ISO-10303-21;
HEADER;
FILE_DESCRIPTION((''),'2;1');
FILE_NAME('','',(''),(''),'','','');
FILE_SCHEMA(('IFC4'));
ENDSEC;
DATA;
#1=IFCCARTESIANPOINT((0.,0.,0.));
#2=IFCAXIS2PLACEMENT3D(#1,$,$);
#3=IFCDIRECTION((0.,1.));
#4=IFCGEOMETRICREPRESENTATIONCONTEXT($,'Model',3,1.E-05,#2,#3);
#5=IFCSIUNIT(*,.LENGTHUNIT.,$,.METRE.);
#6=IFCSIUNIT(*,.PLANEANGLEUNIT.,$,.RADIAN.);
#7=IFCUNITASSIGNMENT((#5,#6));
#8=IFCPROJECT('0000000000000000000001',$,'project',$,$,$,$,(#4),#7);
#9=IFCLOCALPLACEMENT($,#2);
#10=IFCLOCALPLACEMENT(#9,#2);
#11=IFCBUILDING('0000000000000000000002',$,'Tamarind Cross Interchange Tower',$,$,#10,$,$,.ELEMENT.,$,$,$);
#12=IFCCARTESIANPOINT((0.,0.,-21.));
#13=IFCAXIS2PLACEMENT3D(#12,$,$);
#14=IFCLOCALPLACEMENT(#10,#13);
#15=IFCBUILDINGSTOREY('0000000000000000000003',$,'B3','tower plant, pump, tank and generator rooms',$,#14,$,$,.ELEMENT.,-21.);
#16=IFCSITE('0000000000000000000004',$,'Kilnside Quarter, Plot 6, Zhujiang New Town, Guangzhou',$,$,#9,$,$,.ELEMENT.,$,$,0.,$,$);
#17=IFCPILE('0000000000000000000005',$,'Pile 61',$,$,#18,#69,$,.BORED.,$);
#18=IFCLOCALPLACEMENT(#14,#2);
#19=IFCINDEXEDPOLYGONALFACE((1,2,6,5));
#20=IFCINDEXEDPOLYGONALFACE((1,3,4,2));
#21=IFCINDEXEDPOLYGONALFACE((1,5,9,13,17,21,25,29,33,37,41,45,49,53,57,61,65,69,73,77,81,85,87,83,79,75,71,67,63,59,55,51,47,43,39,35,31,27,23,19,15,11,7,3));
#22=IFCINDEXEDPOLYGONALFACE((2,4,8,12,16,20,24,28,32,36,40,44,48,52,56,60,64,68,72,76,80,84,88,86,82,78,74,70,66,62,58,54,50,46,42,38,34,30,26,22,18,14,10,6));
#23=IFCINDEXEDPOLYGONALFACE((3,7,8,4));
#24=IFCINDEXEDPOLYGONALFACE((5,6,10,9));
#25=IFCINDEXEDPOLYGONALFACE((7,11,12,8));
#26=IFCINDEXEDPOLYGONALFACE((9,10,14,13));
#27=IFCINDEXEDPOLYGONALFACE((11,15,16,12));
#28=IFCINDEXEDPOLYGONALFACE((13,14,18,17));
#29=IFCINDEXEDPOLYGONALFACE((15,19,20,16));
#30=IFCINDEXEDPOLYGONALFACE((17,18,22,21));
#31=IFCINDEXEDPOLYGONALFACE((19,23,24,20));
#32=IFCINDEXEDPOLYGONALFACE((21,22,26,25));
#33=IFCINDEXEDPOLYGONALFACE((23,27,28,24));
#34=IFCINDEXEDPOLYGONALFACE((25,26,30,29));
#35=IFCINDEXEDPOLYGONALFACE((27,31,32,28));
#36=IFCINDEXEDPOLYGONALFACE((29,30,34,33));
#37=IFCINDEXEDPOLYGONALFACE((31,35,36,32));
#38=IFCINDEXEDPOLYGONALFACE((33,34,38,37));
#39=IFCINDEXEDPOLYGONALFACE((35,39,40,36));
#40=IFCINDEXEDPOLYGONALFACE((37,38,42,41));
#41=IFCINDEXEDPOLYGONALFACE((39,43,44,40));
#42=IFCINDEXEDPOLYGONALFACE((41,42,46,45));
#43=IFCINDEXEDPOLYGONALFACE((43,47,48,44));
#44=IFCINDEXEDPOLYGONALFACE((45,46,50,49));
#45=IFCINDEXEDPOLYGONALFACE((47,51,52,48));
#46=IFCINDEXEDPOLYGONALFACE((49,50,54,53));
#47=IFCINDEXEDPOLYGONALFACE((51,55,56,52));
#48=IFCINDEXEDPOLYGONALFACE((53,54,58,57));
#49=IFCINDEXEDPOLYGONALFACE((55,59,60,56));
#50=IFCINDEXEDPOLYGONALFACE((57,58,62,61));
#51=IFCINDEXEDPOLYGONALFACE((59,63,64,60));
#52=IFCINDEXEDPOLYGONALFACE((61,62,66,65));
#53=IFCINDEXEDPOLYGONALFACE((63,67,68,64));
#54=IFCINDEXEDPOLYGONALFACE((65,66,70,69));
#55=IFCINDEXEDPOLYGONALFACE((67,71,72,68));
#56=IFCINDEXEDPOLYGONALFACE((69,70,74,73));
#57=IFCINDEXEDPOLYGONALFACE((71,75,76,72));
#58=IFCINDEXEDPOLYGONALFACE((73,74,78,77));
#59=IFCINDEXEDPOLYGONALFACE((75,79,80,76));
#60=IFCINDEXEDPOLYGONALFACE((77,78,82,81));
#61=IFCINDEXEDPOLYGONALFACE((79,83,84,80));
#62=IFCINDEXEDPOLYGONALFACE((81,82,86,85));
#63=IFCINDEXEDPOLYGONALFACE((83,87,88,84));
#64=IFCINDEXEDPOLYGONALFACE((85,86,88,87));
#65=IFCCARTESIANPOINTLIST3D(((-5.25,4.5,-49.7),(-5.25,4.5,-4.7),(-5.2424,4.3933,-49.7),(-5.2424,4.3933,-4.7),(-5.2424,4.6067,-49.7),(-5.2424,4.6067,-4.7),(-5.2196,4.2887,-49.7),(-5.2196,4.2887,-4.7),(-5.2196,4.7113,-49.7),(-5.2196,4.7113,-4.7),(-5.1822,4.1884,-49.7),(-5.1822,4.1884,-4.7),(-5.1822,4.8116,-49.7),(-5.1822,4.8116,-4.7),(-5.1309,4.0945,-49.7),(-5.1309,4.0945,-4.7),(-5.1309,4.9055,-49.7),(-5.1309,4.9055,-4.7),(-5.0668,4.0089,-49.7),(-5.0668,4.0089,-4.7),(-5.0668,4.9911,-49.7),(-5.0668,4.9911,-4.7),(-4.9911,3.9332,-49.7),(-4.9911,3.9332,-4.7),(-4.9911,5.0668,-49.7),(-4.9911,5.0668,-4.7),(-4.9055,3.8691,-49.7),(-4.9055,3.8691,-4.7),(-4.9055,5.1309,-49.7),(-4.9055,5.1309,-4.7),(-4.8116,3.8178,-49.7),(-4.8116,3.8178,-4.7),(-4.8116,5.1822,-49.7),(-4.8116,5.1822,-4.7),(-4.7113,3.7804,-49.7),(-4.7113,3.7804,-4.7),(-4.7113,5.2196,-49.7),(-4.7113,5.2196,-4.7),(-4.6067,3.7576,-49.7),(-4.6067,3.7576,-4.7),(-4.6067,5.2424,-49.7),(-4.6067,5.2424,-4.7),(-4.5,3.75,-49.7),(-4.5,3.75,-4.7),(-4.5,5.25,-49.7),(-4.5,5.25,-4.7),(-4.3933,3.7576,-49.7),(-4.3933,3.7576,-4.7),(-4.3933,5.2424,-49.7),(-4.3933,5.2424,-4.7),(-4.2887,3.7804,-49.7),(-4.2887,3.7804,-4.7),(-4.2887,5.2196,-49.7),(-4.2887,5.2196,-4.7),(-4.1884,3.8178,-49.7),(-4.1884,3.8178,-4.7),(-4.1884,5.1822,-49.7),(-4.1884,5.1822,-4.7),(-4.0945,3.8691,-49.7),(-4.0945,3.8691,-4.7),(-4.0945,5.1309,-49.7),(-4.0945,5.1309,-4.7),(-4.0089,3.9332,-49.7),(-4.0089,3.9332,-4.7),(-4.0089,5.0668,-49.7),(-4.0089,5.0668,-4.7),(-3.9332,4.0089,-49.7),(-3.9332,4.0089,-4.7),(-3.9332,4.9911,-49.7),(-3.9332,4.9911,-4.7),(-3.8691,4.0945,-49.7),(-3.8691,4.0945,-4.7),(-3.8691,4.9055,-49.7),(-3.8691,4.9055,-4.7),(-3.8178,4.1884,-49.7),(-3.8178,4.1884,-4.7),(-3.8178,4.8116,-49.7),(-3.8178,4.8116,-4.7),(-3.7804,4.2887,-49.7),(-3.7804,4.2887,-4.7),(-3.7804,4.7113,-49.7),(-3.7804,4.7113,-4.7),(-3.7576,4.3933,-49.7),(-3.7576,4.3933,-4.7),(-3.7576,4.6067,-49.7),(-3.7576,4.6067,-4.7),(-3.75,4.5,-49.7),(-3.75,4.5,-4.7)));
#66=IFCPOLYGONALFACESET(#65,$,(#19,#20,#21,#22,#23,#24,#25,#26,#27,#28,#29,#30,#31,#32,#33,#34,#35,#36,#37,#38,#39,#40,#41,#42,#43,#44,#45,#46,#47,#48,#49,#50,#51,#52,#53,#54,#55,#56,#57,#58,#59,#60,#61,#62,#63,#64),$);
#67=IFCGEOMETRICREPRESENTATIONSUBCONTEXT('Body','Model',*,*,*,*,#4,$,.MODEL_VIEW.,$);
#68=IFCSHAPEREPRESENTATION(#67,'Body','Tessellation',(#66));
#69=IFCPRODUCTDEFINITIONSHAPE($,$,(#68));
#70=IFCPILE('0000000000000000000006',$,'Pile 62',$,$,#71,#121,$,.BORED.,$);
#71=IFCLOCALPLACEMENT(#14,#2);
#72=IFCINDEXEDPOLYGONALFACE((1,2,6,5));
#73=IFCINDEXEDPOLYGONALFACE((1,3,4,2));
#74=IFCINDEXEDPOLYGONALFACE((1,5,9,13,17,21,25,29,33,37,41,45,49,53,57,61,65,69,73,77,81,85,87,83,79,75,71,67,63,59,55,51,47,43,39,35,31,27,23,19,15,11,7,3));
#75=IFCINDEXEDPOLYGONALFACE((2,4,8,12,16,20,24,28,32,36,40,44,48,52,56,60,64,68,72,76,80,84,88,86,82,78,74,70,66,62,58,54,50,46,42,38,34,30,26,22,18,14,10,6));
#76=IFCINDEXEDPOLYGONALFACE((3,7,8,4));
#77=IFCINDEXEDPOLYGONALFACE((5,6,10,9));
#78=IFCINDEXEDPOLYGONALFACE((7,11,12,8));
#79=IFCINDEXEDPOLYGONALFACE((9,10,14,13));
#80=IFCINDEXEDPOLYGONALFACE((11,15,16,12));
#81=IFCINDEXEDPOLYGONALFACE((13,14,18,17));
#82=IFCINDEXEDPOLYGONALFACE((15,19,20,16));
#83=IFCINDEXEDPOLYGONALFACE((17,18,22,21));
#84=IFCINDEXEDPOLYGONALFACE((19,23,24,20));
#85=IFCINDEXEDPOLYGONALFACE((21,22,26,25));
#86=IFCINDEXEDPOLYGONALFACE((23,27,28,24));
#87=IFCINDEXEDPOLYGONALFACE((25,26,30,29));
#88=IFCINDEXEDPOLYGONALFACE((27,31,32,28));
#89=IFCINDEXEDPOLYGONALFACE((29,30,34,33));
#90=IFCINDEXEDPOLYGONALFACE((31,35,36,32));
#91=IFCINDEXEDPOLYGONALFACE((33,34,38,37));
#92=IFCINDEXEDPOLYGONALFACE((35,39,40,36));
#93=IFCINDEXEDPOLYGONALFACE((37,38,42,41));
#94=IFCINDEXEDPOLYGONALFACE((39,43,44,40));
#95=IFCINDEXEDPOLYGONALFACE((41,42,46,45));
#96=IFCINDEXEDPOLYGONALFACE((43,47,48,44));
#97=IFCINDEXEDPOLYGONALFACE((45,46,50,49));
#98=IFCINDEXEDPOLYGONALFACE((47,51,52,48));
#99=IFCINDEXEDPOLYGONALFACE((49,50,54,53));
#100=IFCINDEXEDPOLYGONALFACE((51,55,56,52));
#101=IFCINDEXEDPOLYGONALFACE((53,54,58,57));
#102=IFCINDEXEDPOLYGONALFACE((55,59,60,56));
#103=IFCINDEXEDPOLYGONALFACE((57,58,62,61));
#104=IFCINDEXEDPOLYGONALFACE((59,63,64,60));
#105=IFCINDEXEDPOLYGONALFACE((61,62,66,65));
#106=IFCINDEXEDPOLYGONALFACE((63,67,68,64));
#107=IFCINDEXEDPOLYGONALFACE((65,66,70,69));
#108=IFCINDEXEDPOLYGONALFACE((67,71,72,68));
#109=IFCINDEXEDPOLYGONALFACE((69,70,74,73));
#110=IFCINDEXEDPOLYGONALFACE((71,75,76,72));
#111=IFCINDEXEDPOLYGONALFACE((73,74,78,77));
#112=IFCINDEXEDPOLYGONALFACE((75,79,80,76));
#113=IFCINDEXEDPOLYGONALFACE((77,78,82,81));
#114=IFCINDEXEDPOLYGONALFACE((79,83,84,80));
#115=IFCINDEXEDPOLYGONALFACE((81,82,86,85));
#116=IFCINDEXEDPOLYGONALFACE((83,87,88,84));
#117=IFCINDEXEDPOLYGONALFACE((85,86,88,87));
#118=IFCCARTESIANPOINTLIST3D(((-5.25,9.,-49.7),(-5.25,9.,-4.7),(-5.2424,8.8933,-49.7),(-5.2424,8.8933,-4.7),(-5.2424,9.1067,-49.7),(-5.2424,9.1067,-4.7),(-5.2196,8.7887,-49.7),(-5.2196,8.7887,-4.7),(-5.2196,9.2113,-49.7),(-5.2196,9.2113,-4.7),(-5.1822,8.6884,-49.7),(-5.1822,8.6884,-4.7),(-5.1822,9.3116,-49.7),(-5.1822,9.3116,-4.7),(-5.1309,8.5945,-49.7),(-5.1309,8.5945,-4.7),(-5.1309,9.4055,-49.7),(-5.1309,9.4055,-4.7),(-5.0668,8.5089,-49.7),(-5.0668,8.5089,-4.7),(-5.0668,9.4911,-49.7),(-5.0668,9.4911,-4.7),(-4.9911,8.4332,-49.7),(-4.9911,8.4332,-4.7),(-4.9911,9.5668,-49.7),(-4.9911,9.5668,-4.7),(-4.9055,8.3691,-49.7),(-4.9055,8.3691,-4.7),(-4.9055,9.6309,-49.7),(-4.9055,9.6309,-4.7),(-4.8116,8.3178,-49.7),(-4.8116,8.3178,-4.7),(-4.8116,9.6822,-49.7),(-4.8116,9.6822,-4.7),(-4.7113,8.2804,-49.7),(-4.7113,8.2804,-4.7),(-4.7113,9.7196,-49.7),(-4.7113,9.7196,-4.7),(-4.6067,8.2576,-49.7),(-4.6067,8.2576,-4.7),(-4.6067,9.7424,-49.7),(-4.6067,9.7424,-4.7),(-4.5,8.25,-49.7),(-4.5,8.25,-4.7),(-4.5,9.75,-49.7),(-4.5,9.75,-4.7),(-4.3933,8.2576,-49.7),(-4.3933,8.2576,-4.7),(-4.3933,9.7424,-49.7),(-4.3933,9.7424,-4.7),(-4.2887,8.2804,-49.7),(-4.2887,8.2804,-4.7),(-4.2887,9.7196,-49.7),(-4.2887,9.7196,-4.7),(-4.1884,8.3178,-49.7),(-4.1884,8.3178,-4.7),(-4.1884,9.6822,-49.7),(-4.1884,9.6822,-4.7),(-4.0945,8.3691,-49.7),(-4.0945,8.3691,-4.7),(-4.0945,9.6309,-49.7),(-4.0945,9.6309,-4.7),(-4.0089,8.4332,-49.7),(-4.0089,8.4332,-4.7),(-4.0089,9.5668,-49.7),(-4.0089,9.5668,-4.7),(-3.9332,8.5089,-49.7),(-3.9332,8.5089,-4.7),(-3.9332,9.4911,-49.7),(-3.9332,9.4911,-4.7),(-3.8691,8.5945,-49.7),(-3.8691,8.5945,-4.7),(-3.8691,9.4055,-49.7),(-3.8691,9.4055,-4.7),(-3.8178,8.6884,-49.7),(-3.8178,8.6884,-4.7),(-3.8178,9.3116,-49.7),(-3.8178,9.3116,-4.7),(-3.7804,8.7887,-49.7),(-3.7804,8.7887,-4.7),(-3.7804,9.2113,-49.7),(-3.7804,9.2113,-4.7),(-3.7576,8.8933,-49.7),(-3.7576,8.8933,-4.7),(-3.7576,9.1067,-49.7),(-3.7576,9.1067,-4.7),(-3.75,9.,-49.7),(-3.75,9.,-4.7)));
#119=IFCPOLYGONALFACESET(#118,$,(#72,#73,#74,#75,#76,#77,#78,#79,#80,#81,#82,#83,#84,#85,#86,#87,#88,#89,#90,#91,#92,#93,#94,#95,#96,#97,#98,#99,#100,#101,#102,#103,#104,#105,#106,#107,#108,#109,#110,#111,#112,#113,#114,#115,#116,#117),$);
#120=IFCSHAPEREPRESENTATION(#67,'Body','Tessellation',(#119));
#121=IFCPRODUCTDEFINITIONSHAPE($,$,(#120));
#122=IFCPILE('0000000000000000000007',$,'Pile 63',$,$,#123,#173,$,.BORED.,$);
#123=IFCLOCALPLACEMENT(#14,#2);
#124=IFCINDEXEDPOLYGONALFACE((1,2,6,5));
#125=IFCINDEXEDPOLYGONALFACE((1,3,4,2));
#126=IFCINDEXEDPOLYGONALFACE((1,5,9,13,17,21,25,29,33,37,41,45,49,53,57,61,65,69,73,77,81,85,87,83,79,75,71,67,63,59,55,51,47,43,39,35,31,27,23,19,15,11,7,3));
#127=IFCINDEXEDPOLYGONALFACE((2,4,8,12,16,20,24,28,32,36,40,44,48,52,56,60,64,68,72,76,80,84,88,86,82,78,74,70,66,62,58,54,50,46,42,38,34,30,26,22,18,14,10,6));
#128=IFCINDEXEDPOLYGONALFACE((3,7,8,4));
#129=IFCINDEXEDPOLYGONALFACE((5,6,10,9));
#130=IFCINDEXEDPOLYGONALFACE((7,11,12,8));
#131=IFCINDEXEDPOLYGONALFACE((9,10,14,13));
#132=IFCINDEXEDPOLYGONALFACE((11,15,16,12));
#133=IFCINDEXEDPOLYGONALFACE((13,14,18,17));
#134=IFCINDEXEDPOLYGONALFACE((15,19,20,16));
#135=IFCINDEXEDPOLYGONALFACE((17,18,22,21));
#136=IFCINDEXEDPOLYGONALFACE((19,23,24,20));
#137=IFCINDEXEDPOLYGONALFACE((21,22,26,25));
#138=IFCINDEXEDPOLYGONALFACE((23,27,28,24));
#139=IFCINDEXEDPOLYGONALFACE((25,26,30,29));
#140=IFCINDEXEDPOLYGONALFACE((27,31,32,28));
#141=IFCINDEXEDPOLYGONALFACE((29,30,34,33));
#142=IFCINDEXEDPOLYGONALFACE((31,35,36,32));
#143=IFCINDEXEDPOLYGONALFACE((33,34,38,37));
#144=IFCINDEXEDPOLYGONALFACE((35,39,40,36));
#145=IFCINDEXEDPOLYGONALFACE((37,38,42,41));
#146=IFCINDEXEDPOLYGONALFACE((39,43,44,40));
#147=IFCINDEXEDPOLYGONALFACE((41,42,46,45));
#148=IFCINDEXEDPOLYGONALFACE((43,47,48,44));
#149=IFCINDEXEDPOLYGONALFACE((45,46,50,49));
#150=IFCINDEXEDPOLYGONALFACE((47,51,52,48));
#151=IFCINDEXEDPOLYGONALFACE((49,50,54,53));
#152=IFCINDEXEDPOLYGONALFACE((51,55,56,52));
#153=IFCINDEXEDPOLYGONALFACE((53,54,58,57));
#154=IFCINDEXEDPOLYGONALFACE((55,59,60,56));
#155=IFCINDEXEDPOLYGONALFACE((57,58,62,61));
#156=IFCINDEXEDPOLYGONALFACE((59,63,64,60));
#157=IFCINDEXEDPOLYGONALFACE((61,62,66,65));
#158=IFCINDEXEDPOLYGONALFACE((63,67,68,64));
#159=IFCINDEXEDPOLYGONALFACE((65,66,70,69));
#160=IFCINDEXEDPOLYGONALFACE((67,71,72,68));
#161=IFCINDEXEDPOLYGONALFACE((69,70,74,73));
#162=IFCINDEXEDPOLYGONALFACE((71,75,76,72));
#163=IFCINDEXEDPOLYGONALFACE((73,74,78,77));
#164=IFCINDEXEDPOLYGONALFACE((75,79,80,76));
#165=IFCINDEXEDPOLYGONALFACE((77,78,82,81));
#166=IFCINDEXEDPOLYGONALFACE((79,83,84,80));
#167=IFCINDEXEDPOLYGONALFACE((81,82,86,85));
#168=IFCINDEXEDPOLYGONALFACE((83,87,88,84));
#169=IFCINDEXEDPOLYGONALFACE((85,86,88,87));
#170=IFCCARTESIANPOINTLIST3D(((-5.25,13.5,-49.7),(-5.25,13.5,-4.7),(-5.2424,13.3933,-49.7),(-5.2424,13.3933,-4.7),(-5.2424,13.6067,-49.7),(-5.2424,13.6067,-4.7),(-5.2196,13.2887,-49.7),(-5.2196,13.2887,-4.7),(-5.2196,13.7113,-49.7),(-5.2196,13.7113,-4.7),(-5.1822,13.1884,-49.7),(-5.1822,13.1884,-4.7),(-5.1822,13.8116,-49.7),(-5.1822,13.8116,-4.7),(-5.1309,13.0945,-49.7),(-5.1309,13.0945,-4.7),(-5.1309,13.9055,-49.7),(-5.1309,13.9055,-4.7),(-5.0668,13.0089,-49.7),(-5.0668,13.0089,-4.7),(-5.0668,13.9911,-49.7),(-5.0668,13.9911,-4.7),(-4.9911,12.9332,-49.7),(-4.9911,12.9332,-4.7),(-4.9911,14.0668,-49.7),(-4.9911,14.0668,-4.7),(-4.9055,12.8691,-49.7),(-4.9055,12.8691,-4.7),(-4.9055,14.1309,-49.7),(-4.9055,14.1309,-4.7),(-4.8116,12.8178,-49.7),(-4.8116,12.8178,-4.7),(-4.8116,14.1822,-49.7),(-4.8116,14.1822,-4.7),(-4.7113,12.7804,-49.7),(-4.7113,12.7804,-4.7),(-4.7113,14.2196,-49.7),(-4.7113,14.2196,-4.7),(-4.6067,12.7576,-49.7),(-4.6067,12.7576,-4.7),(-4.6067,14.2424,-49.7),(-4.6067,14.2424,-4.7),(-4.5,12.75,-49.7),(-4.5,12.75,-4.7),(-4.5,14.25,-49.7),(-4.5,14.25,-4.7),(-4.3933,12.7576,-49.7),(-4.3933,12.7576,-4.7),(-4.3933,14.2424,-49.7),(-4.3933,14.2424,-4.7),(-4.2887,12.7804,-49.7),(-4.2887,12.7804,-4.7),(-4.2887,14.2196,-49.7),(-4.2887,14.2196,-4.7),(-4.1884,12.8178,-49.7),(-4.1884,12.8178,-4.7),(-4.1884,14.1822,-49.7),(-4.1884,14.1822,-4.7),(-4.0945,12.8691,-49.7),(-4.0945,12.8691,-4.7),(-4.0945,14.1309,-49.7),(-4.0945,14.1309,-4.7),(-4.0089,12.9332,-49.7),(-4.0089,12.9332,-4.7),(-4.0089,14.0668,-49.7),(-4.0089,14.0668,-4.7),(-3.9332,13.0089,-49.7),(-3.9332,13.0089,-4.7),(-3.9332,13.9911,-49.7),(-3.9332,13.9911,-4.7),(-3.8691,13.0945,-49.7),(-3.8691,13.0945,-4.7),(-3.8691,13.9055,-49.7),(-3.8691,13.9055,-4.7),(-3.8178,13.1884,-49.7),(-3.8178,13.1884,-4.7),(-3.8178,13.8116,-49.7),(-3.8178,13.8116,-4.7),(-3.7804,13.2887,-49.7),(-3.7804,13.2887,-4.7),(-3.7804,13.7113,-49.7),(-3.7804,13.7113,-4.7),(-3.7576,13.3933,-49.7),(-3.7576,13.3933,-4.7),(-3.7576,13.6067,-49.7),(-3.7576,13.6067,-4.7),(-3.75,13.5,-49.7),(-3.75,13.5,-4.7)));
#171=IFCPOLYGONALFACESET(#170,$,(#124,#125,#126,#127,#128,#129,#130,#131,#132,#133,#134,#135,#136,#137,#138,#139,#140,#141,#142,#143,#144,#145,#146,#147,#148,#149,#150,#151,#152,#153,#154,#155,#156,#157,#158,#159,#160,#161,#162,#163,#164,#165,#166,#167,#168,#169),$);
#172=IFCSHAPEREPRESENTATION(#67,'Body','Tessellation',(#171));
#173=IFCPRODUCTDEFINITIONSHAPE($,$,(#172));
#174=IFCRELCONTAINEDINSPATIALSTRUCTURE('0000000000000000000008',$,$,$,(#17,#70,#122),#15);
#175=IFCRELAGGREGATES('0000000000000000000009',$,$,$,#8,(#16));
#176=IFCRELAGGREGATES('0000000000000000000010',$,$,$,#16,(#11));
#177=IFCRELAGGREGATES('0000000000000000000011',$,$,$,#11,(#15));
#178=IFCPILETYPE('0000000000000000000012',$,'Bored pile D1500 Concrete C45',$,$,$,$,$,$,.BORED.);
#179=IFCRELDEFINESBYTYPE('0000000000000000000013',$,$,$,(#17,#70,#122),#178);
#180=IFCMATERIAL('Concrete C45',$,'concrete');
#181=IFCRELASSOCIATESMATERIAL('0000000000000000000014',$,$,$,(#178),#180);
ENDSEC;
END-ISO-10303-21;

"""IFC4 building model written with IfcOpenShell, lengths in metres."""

from ifc_helpers import new_model, si_unit, direction, frame, origin, origin_2d, place, context, subcontext, project, spatial, circle, extrude, material, material_profile, profile_set, type_object, element, save


model = new_model("IFC4")

# Units and contexts
model_context = context("Model", 3, precision=1e-05, world=origin(), true_north=direction((0.0, 1.0)))
body_context = subcontext(model_context, "Body", "Model", "MODEL_VIEW")
ifc_project = project(units=[si_unit("LENGTHUNIT", "METRE"), si_unit("PLANEANGLEUNIT", "RADIAN")], contexts=[model_context])

# Site, building, storey
site_placement = place(None, origin())
site = spatial("IfcSite", under=ifc_project, at=site_placement, Name="Kilnside Quarter, Plot 6, Zhujiang New Town, Guangzhou", CompositionType="ELEMENT", RefElevation=0.0)
building_placement = place(site_placement, origin())
building = spatial("IfcBuilding", under=site, at=building_placement, Name="Tamarind Cross Interchange Tower", CompositionType="ELEMENT")
storey_placement = place(building_placement, frame((0.0, 0.0, -21.0)))
storey = spatial("IfcBuildingStorey", under=building, at=storey_placement, Name="B3", Description="tower plant, pump, tank and generator rooms", CompositionType="ELEMENT", Elevation=-21.0)

# Piles
ifc_material_1 = material(Name="Concrete C45", Category="concrete")
ifc_material_profile_1 = material_profile(ifc_material_1, circle(Radius=0.75, at=origin_2d()), Name="RC D1500")
ifc_profile_set_1 = profile_set([ifc_material_profile_1], Name="Concrete C45")
pile_type = type_object("IfcPileType", Name="Bored pile D1500 Concrete C45", PredefinedType="BORED", material=ifc_profile_set_1)
for number, where, z_axis, x_axis, name in (
    (1, (-4.5, 4.5, -4.7), (0.0, 0.0, -1.0), (1.0, 0.0, 0.0), "Pile 61"),
    (2, (-4.5, 9.0, -4.7), (0.0, 0.0, -1.0), (1.0, 0.0, 0.0), "Pile 62"),
    (3, (-4.5, 13.5, -4.7), (0.0, 0.0, -1.0), (1.0, 0.0, 0.0), "Pile 63"),
):
    element("IfcPile", number, at=place(storey_placement, frame(where, z_axis=z_axis, x_axis=x_axis)), inside=storey, type_object=pile_type, Name=name, PredefinedType="BORED", context=body_context, shape_type="SweptSolid", body=[
        extrude(circle(Radius=0.75, at=origin_2d()), origin(), (0.0, 0.0, 1.0), 45.0),
    ])

save(model, "model.ifc")
